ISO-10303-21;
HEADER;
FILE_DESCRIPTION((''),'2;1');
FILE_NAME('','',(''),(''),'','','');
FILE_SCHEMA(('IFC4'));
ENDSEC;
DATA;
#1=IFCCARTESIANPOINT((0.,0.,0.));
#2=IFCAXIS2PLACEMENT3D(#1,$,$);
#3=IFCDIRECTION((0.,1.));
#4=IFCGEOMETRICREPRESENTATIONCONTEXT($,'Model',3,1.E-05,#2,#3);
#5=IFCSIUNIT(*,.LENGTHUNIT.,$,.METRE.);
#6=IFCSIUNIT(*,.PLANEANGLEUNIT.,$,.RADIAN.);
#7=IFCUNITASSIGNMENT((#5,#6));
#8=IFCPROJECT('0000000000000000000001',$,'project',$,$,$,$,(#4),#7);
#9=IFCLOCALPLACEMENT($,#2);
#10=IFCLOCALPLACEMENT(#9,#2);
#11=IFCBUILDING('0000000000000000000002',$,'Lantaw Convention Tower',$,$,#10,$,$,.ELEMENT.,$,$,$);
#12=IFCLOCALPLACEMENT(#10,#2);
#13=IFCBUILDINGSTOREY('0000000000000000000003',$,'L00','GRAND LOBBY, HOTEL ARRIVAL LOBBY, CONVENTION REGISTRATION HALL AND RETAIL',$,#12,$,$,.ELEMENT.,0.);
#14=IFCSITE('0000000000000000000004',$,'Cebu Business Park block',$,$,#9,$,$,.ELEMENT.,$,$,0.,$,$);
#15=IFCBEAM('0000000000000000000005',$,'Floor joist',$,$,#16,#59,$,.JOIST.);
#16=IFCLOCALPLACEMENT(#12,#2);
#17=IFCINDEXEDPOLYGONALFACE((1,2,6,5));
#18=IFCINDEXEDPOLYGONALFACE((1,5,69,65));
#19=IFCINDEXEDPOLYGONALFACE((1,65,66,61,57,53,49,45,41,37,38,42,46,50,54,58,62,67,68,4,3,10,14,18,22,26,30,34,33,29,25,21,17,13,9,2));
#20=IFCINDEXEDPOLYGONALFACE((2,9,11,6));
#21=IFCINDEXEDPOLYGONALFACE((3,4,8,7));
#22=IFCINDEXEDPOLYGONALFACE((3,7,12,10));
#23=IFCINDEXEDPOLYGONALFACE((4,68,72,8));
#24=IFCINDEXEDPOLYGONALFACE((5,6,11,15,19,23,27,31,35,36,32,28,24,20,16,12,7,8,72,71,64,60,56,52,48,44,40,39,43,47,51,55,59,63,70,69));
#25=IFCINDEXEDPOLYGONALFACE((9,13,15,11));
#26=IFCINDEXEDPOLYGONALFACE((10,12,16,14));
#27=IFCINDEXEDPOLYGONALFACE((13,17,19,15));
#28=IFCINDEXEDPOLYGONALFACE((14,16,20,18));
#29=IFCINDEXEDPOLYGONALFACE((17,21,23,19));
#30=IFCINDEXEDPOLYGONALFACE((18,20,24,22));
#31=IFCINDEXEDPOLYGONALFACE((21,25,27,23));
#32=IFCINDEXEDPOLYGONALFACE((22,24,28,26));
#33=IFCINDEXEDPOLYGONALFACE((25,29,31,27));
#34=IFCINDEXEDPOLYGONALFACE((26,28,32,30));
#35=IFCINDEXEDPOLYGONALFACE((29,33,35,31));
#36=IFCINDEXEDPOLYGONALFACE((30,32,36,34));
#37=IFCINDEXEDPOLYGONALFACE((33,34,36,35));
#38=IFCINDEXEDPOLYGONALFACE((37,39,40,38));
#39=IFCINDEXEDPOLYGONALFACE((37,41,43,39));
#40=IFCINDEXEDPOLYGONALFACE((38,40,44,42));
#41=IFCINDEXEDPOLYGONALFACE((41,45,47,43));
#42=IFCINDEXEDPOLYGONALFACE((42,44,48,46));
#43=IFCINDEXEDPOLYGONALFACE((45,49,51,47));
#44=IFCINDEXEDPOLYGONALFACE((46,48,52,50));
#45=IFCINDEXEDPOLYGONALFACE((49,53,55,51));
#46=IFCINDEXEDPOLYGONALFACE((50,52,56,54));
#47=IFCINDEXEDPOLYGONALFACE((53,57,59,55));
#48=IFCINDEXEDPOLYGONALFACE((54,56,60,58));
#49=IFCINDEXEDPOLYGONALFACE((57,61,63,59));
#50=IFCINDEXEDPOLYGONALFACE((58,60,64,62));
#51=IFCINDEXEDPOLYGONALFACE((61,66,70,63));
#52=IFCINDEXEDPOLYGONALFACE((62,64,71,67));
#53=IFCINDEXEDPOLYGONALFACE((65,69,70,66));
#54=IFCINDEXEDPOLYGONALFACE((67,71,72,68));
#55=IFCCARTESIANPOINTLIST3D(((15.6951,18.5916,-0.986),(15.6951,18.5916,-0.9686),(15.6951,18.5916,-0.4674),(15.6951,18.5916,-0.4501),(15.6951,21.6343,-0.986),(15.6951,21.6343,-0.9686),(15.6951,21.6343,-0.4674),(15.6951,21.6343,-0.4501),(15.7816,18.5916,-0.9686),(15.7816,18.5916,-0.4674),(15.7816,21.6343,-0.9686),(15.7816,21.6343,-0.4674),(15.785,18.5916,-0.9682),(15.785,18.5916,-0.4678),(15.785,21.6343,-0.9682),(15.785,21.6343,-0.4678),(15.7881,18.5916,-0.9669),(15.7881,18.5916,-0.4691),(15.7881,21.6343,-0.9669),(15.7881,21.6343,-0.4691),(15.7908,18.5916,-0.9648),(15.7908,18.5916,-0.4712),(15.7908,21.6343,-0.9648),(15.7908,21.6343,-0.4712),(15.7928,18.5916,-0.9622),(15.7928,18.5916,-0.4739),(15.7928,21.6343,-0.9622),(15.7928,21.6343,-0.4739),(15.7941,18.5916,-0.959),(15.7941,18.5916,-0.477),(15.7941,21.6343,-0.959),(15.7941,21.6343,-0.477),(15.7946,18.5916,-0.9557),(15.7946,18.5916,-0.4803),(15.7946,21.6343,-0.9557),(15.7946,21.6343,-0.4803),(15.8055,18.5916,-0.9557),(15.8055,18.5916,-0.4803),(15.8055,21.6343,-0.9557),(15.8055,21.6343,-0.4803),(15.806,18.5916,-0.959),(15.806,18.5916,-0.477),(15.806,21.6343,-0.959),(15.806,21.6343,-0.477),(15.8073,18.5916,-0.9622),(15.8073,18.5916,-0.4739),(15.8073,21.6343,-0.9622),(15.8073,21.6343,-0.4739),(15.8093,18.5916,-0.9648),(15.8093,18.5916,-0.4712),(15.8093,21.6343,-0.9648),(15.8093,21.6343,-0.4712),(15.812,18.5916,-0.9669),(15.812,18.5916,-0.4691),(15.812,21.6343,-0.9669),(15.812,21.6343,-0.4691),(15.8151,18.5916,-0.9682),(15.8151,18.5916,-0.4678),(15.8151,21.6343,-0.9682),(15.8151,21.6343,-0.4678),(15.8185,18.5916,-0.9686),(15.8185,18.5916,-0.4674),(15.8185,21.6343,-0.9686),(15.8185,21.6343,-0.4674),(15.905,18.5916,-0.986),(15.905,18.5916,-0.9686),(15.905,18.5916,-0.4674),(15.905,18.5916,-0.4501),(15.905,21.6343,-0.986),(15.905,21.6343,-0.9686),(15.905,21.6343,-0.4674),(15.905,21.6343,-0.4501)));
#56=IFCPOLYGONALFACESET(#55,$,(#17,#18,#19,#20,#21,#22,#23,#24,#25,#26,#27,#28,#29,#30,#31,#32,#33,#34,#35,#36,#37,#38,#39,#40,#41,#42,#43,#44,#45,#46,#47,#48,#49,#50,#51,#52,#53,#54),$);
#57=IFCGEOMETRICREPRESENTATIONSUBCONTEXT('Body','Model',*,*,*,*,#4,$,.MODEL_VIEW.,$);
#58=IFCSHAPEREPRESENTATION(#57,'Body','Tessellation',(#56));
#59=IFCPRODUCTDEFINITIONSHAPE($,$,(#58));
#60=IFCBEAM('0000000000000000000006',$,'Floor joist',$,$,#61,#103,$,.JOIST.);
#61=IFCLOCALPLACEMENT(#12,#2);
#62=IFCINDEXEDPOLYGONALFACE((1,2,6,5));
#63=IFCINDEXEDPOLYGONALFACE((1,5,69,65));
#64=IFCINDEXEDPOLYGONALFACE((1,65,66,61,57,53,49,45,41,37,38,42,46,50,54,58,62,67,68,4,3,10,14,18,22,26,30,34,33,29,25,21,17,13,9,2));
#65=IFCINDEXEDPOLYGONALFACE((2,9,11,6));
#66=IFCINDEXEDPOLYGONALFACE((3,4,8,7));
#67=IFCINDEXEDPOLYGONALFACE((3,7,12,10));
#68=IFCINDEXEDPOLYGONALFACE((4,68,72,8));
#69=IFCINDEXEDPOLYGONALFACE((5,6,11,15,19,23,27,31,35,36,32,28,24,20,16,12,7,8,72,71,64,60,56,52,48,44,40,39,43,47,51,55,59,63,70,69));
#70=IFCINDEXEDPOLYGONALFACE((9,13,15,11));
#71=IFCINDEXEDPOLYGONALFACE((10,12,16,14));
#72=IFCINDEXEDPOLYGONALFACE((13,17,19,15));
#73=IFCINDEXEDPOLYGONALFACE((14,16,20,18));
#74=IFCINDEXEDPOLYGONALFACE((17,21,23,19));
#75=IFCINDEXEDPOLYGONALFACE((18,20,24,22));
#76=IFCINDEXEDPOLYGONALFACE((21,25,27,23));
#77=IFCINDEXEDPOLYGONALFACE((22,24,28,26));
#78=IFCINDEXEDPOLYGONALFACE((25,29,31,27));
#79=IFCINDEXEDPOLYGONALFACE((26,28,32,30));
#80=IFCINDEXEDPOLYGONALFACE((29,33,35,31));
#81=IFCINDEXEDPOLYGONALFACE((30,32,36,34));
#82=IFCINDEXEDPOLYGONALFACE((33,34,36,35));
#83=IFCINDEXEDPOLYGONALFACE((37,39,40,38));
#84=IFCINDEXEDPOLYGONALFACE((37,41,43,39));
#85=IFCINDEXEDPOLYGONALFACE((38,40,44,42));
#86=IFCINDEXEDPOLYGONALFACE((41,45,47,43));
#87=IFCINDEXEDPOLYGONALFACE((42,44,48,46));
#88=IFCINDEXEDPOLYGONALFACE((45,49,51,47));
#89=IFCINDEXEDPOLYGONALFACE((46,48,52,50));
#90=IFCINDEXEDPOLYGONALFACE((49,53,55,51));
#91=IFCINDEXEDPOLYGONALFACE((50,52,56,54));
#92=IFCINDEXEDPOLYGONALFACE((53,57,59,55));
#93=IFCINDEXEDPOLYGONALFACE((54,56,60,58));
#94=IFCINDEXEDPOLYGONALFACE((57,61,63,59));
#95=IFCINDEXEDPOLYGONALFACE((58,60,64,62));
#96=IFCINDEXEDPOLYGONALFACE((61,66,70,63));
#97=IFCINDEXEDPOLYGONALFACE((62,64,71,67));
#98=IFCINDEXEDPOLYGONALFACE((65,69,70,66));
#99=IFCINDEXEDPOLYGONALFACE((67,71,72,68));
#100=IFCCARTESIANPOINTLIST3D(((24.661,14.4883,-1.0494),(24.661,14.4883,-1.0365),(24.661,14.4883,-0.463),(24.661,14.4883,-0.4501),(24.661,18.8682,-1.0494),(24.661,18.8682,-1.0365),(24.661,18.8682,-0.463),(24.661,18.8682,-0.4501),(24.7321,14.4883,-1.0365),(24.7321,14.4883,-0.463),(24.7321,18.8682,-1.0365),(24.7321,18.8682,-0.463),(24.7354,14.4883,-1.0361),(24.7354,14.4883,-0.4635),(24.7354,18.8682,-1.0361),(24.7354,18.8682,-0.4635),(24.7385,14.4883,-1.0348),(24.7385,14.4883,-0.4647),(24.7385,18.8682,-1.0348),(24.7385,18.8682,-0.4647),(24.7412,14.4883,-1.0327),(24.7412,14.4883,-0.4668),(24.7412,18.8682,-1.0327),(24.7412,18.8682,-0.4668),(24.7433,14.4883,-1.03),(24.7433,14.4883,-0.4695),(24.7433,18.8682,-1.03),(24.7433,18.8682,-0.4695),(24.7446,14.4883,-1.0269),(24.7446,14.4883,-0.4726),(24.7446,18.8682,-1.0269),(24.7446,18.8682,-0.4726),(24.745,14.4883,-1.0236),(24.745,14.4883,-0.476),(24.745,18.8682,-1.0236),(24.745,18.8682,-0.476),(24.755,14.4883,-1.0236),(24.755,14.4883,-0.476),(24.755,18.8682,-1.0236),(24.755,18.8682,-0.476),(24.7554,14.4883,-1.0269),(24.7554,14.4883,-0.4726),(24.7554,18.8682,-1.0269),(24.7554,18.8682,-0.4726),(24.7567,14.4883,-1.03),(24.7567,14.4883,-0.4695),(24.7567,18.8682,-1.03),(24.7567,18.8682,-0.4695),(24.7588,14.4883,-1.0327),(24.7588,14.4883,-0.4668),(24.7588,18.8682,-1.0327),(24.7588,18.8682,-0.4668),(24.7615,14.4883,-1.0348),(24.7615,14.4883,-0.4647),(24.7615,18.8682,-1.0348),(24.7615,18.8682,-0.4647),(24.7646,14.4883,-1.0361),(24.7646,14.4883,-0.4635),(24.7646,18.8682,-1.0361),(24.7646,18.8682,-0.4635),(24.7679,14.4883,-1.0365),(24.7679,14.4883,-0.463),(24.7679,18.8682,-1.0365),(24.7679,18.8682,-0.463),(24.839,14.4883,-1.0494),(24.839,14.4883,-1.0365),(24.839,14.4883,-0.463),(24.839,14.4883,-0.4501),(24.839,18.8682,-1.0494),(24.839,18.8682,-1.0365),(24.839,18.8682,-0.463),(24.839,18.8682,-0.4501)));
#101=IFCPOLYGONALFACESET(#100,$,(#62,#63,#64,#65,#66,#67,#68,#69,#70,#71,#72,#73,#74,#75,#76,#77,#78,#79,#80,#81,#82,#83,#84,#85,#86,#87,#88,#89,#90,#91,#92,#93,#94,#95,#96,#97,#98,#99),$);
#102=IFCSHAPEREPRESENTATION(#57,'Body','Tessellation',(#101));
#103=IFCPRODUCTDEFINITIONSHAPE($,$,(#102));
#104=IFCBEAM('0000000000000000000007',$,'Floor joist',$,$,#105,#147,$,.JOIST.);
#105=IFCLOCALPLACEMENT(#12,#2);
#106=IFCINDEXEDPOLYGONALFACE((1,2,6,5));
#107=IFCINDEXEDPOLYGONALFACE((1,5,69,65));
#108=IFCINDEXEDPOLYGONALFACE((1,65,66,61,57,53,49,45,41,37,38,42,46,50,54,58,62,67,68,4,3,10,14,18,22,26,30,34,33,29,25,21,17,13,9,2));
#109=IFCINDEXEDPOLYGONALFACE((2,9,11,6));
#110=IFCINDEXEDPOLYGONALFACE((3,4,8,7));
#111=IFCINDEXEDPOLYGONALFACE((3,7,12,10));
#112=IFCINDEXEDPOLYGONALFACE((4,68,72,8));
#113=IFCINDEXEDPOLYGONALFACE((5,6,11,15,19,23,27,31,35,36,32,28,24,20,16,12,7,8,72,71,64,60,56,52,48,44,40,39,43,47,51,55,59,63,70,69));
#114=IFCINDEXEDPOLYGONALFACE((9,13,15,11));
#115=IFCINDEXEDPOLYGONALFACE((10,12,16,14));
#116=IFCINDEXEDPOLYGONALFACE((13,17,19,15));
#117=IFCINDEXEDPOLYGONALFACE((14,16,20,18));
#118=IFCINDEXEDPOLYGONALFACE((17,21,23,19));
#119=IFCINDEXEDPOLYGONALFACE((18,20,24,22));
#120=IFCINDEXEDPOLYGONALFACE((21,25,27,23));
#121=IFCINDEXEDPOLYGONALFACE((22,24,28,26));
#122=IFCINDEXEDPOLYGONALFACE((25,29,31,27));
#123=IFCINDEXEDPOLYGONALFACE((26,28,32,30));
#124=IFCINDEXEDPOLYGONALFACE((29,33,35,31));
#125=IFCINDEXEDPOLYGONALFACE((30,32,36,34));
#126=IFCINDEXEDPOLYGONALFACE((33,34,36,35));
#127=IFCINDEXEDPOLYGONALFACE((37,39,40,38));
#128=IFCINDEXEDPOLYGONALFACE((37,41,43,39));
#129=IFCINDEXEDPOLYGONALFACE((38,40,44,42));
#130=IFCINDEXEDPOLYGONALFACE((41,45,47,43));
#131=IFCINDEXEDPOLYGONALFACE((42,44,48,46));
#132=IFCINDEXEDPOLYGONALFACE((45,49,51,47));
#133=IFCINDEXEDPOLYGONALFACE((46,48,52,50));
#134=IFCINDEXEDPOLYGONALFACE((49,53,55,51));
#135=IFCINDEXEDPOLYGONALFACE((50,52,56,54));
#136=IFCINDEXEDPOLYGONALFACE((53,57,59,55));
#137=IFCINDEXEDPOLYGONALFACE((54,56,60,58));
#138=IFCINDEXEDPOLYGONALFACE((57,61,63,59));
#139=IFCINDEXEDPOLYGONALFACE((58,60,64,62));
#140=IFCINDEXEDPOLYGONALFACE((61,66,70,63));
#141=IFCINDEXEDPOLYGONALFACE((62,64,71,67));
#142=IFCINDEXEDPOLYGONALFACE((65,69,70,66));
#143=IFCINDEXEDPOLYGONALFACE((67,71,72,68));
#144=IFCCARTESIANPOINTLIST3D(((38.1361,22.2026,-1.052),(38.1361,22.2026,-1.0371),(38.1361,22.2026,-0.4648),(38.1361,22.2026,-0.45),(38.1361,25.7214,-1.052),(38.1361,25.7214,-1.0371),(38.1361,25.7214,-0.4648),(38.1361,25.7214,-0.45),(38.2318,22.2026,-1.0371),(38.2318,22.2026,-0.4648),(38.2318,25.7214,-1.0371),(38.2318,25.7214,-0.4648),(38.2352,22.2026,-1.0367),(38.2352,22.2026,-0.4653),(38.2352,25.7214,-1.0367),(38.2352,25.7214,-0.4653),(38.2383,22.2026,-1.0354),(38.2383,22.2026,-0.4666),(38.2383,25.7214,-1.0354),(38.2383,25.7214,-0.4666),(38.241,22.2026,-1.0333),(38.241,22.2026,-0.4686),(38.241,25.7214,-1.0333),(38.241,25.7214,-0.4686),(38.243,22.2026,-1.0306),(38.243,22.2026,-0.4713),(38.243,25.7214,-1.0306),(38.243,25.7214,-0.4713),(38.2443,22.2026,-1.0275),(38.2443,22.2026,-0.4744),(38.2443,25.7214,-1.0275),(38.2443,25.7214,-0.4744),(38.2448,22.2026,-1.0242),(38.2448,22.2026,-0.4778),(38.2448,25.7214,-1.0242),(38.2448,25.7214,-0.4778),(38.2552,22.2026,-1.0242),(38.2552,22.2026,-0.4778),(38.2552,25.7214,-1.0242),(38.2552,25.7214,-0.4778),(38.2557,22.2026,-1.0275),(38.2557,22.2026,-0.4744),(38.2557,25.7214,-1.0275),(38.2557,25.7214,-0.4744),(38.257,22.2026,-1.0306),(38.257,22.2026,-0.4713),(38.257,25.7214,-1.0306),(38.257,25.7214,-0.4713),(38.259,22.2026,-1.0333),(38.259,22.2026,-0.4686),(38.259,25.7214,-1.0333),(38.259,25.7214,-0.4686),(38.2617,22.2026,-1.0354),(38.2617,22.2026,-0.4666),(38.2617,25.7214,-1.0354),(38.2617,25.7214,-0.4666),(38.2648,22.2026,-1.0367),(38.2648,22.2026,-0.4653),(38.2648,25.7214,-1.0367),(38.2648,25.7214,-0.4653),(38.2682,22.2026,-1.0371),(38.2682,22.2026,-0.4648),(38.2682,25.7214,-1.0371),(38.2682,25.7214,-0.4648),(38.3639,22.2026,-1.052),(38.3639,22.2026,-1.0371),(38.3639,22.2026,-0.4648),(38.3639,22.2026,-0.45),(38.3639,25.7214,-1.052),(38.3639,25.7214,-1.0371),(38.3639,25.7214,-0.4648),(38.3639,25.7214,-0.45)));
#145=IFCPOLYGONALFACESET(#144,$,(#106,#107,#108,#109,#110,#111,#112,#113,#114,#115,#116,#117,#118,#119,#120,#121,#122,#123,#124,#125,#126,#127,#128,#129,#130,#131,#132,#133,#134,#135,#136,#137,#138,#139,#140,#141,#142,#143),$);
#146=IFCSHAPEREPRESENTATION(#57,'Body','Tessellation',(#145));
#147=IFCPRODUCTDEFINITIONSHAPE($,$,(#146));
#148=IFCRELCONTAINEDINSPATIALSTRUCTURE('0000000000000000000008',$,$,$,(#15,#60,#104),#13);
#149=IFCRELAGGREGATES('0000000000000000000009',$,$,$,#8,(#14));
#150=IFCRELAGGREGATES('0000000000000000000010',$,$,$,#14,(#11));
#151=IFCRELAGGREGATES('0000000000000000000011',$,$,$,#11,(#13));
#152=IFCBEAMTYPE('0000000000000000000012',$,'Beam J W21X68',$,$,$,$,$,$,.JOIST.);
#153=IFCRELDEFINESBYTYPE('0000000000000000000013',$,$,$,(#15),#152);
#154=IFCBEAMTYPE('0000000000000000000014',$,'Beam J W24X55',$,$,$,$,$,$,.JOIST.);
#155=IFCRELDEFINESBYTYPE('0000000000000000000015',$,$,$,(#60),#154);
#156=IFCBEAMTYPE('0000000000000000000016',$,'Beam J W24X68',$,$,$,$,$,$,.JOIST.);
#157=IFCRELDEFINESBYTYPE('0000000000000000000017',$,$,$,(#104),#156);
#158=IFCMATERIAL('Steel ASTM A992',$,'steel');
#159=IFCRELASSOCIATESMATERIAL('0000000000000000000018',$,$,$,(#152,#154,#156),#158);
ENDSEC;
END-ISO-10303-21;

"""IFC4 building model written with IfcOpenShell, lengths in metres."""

from ifc_helpers import new_model, si_unit, direction, frame, origin, origin_2d, place, context, subcontext, project, spatial, i_section, extrude, material, material_profile, profile_set, type_object, element, save


model = new_model("IFC4")

# Units and contexts
model_context = context("Model", 3, precision=1e-05, world=origin(), true_north=direction((0.0, 1.0)))
body_context = subcontext(model_context, "Body", "Model", "MODEL_VIEW")
ifc_project = project(units=[si_unit("LENGTHUNIT", "METRE"), si_unit("PLANEANGLEUNIT", "RADIAN")], contexts=[model_context])

# Site, building, storey
site_placement = place(None, origin())
site = spatial("IfcSite", under=ifc_project, at=site_placement, Name="Cebu Business Park block", CompositionType="ELEMENT", RefElevation=0.0)
building_placement = place(site_placement, origin())
building = spatial("IfcBuilding", under=site, at=building_placement, Name="Lantaw Convention Tower", CompositionType="ELEMENT")
storey_placement = place(building_placement, origin())
storey = spatial("IfcBuildingStorey", under=building, at=storey_placement, Name="L00", Description="GRAND LOBBY, HOTEL ARRIVAL LOBBY, CONVENTION REGISTRATION HALL AND RETAIL", CompositionType="ELEMENT", Elevation=0.0)

# Beams
ifc_material_1 = material(Name="Steel ASTM A992", Category="steel")
ifc_material_profile_1 = material_profile(ifc_material_1, i_section(OverallWidth=0.21, OverallDepth=0.5359, WebThickness=0.011, FlangeThickness=0.0173, FilletRadius=0.0129, at=origin_2d()), Name="W21X68")
ifc_profile_set_1 = profile_set([ifc_material_profile_1], Name="Steel ASTM A992")
beam_type_1 = type_object("IfcBeamType", Name="Beam J W21X68", PredefinedType="JOIST", material=ifc_profile_set_1)
beam_1_placement = place(storey_placement, frame((15.8, 18.5916, -0.718), z_axis=(0.0, 1.0, 0.0), x_axis=(-1.0, 0.0, 0.0)))
element("IfcBeam", 1, at=beam_1_placement, inside=storey, type_object=beam_type_1, Name="Floor joist", PredefinedType="JOIST", context=body_context, shape_type="SweptSolid", body=[
    extrude(i_section(OverallWidth=0.21, OverallDepth=0.5359, WebThickness=0.011, FlangeThickness=0.0173, FilletRadius=0.0129, at=origin_2d()), origin(), (0.0, 0.0, 1.0), 3.0427),
])
ifc_material_profile_2 = material_profile(ifc_material_1, i_section(OverallWidth=0.178, OverallDepth=0.5994, WebThickness=0.01, FlangeThickness=0.0129, FilletRadius=0.0129, at=origin_2d()), Name="W24X55")
ifc_profile_set_2 = profile_set([ifc_material_profile_2], Name="Steel ASTM A992")
beam_type_2 = type_object("IfcBeamType", Name="Beam J W24X55", PredefinedType="JOIST", material=ifc_profile_set_2)
beam_2_placement = place(storey_placement, frame((24.75, 14.4883, -0.7498), z_axis=(0.0, 1.0, 0.0), x_axis=(-1.0, 0.0, 0.0)))
element("IfcBeam", 2, at=beam_2_placement, inside=storey, type_object=beam_type_2, Name="Floor joist", PredefinedType="JOIST", context=body_context, shape_type="SweptSolid", body=[
    extrude(i_section(OverallWidth=0.178, OverallDepth=0.5994, WebThickness=0.01, FlangeThickness=0.0129, FilletRadius=0.0129, at=origin_2d()), origin(), (0.0, 0.0, 1.0), 4.3799),
])
ifc_material_profile_3 = material_profile(ifc_material_1, i_section(OverallWidth=0.2278, OverallDepth=0.6021, WebThickness=0.0105, FlangeThickness=0.0149, FilletRadius=0.0129, at=origin_2d()), Name="W24X68")
ifc_profile_set_3 = profile_set([ifc_material_profile_3], Name="Steel ASTM A992")
beam_type_3 = type_object("IfcBeamType", Name="Beam J W24X68", PredefinedType="JOIST", material=ifc_profile_set_3)
beam_3_placement = place(storey_placement, frame((38.25, 22.2026, -0.751), z_axis=(0.0, 1.0, 0.0), x_axis=(-1.0, 0.0, 0.0)))
element("IfcBeam", 3, at=beam_3_placement, inside=storey, type_object=beam_type_3, Name="Floor joist", PredefinedType="JOIST", context=body_context, shape_type="SweptSolid", body=[
    extrude(i_section(OverallWidth=0.2278, OverallDepth=0.6021, WebThickness=0.0105, FlangeThickness=0.0149, FilletRadius=0.0129, at=origin_2d()), origin(), (0.0, 0.0, 1.0), 3.5188),
])

save(model, "model.ifc")
